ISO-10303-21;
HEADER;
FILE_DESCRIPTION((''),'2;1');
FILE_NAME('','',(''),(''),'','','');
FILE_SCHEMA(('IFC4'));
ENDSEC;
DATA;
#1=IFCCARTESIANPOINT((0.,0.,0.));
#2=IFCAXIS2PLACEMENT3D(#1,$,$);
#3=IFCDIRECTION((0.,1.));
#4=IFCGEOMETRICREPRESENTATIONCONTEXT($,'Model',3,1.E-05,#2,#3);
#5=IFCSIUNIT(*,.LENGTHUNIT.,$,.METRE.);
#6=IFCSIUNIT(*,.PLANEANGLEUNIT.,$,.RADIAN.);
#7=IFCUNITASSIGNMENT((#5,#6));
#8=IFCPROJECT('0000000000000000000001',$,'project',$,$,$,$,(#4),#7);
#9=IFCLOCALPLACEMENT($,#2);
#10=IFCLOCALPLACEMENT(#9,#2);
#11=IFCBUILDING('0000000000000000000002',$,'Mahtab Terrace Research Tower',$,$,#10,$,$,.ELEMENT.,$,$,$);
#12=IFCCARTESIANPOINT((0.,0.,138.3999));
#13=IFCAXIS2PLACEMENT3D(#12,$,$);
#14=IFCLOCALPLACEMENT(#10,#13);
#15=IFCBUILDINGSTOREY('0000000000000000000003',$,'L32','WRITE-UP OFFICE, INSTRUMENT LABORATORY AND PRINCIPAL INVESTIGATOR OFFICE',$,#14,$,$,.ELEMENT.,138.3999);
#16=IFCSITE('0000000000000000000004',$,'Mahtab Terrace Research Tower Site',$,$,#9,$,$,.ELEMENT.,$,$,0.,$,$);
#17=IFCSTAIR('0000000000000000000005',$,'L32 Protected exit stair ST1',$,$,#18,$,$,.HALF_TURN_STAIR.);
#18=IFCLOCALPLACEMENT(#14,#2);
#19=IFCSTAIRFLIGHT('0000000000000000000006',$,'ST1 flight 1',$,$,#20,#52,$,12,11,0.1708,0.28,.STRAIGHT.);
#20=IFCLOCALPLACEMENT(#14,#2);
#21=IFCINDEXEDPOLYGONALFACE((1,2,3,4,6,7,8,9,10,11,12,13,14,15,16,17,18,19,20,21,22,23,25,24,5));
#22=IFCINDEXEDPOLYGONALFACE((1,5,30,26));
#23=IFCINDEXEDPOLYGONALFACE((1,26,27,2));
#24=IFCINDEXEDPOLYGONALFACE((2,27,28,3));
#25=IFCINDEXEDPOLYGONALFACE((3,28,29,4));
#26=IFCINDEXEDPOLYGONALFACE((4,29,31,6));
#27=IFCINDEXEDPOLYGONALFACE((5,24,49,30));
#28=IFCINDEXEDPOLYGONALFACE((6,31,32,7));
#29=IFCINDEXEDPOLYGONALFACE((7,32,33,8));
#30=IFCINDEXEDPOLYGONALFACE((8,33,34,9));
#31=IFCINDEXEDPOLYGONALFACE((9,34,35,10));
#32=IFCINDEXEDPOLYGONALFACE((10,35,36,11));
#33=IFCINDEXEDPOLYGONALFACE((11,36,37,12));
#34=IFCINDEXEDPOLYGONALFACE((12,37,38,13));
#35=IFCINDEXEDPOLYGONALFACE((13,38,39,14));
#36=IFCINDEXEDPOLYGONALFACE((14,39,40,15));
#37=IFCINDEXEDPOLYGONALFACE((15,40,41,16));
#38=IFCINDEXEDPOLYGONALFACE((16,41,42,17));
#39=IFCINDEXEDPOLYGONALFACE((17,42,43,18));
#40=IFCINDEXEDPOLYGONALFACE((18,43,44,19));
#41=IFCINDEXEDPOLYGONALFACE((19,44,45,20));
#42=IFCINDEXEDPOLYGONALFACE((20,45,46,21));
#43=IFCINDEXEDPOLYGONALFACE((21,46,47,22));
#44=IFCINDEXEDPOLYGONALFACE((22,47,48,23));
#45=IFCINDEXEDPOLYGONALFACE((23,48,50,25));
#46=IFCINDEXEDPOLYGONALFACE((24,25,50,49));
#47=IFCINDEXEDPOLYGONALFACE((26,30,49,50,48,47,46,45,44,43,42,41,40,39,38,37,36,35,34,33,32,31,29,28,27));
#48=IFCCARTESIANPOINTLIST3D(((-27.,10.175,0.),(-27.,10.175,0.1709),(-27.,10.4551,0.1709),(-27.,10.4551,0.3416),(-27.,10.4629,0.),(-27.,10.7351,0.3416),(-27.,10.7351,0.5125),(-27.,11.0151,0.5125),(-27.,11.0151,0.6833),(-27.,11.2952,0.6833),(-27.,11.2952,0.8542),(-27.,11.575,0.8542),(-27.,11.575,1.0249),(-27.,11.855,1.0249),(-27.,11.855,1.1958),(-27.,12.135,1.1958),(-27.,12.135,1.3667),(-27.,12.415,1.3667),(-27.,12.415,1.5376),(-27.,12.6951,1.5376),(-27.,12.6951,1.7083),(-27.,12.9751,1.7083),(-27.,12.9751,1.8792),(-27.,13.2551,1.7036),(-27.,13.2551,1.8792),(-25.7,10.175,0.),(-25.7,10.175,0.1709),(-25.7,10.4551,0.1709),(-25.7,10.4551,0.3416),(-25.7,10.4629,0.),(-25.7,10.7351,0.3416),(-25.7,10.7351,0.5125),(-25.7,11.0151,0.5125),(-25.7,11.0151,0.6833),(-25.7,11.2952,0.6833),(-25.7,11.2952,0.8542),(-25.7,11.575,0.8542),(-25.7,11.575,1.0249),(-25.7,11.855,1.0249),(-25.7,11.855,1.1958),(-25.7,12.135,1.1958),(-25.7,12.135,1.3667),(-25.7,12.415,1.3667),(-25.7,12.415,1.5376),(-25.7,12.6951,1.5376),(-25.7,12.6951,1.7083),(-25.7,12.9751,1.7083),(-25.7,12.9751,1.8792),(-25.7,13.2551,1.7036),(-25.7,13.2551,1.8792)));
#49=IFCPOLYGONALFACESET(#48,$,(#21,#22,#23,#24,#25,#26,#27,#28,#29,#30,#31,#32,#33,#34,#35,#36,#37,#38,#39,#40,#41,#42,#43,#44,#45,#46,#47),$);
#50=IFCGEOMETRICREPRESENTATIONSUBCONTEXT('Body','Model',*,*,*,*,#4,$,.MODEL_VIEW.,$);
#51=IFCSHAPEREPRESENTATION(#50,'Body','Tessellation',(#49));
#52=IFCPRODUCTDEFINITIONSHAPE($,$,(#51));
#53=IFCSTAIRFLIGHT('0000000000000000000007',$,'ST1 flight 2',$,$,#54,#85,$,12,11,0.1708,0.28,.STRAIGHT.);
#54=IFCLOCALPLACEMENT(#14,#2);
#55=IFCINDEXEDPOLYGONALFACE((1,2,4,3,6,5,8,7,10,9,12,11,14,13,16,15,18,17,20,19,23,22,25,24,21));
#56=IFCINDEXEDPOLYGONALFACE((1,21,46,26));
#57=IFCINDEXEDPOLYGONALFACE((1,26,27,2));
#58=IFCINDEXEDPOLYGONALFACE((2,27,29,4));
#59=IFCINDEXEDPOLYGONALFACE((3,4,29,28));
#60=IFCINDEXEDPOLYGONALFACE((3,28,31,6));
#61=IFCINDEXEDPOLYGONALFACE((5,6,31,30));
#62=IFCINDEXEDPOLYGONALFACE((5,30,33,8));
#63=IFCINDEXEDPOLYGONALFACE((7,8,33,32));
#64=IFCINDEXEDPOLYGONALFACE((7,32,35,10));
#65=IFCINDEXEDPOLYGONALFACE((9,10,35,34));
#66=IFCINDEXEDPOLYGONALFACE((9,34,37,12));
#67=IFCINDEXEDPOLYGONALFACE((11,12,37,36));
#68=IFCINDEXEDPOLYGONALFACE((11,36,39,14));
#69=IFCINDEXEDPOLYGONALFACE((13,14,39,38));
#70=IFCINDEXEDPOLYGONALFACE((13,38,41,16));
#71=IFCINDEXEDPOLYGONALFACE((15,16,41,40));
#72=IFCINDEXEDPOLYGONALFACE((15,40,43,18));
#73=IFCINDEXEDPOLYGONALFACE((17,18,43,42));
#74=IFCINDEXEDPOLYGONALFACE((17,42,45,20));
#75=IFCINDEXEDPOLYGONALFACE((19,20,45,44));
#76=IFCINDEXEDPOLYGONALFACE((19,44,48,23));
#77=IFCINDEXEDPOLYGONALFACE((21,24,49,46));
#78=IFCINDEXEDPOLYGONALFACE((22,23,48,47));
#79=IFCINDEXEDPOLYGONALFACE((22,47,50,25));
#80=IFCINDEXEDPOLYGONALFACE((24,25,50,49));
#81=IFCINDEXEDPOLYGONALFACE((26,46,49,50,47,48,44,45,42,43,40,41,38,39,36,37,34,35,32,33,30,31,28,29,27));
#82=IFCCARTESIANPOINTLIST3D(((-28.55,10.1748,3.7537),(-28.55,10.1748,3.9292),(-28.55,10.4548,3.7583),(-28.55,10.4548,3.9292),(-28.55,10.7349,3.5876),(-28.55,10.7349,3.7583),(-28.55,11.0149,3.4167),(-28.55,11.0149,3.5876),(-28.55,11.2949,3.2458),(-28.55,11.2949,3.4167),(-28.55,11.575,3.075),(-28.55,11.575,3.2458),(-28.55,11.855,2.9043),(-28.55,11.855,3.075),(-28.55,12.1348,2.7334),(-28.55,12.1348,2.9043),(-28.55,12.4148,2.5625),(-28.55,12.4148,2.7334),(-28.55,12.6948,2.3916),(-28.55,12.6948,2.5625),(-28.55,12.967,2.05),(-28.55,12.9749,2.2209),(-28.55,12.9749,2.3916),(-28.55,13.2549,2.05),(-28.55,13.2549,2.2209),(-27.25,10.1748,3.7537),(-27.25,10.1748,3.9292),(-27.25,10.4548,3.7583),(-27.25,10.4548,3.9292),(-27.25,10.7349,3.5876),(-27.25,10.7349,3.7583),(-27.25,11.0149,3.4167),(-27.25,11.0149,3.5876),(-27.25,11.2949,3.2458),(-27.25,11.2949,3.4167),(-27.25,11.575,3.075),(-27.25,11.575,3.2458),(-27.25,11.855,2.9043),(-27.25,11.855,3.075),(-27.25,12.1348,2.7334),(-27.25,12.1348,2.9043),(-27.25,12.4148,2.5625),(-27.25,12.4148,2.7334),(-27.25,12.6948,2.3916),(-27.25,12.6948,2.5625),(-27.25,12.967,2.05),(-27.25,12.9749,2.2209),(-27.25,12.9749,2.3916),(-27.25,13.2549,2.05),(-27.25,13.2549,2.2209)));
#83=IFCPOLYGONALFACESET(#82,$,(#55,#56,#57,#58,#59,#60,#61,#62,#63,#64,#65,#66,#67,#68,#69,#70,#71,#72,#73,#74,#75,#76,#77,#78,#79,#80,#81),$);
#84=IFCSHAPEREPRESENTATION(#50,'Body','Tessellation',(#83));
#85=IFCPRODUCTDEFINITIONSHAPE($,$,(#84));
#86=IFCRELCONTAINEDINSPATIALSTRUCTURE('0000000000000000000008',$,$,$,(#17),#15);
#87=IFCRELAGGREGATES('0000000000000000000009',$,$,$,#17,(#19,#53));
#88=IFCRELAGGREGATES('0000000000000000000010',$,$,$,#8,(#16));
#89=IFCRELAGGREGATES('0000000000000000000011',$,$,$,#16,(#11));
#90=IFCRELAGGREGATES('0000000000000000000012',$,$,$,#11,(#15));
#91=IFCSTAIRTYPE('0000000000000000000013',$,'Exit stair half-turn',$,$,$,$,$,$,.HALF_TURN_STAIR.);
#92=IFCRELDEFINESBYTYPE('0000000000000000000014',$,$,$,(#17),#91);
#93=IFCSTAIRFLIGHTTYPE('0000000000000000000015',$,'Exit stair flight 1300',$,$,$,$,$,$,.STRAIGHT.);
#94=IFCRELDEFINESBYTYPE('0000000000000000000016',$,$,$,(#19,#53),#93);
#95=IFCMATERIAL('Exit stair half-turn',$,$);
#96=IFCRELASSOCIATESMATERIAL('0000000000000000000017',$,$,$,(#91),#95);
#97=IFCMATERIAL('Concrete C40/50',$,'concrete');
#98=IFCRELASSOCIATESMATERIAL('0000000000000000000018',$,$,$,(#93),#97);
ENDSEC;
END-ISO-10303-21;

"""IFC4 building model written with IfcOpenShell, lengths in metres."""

from ifc_helpers import new_model, si_unit, direction, frame, origin, place, context, subcontext, project, spatial, polyline, outline, extrude, material, type_object, element, aggregate, save


model = new_model("IFC4")

# Units and contexts
model_context = context("Model", 3, precision=1e-05, world=origin(), true_north=direction((0.0, 1.0)))
body_context = subcontext(model_context, "Body", "Model", "MODEL_VIEW")
ifc_project = project(units=[si_unit("LENGTHUNIT", "METRE"), si_unit("PLANEANGLEUNIT", "RADIAN")], contexts=[model_context])

# Site, building, storey
site_placement = place(None, origin())
site = spatial("IfcSite", under=ifc_project, at=site_placement, Name="Mahtab Terrace Research Tower Site", CompositionType="ELEMENT", RefElevation=0.0)
building_placement = place(site_placement, origin())
building = spatial("IfcBuilding", under=site, at=building_placement, Name="Mahtab Terrace Research Tower", CompositionType="ELEMENT")
storey_placement = place(building_placement, frame((0.0, 0.0, 138.3999)))
storey = spatial("IfcBuildingStorey", under=building, at=storey_placement, Name="L32", Description="WRITE-UP OFFICE, INSTRUMENT LABORATORY AND PRINCIPAL INVESTIGATOR OFFICE", CompositionType="ELEMENT", Elevation=138.3999)

# Stair, stair flights
ifc_material_1 = material(Name="Exit stair half-turn")
stair_type = type_object("IfcStairType", Name="Exit stair half-turn", PredefinedType="HALF_TURN_STAIR", material=ifc_material_1)
stair_placement = place(storey_placement, origin())
stair = element("IfcStair", 1, at=stair_placement, inside=storey, type_object=stair_type, Name="L32 Protected exit stair ST1", PredefinedType="HALF_TURN_STAIR")
ifc_material_2 = material(Name="Concrete C40/50", Category="concrete")
stair_flight_type = type_object("IfcStairFlightType", Name="Exit stair flight 1300", PredefinedType="STRAIGHT", material=ifc_material_2)
stair_flight_1_placement = place(storey_placement, frame((-26.3501, 10.175, 0.0), z_axis=(0.0, 0.0, 1.0), x_axis=(0.0, 1.0, 0.0)))
stair_flight_1 = element("IfcStairFlight", 2, at=stair_flight_1_placement, type_object=stair_flight_type, Name="ST1 flight 1", NumberOfRisers=12, NumberOfTreads=11, PredefinedType="STRAIGHT", RiserHeight=0.1708, TreadLength=0.28, context=body_context, shape_type="SweptSolid", body=[
    extrude(outline(polyline([(0.0, 0.0), (0.0, 0.1709), (0.28, 0.1709), (0.28, 0.3416), (0.5601, 0.3416), (0.5601, 0.5125), (0.8401, 0.5125), (0.8401, 0.6833), (1.1201, 0.6833), (1.1201, 0.8542), (1.3999, 0.8542), (1.3999, 1.0249), (1.6799, 1.0249), (1.6799, 1.1958), (1.96, 1.1958), (1.96, 1.3667), (2.24, 1.3667), (2.24, 1.5376), (2.52, 1.5376), (2.52, 1.7083), (2.8, 1.7083), (2.8, 1.8792), (3.0801, 1.8792), (3.0801, 2.05), (3.0801, 1.7036), (0.2878, 0.0), (0.0, 0.0)])), frame((0.0, 0.6499, 0.0), z_axis=(0.0, -1.0, 0.0), x_axis=(1.0, 0.0, 0.0)), (0.0, 0.0, 1.0), 1.3),
])
stair_flight_2_placement = place(storey_placement, frame((-27.8999, 13.2549, 2.05), z_axis=(0.0, 0.0, 1.0), x_axis=(0.0, -1.0, 0.0)))
stair_flight_2 = element("IfcStairFlight", 3, at=stair_flight_2_placement, type_object=stair_flight_type, Name="ST1 flight 2", NumberOfRisers=12, NumberOfTreads=11, PredefinedType="STRAIGHT", RiserHeight=0.1708, TreadLength=0.28, context=body_context, shape_type="SweptSolid", body=[
    extrude(outline(polyline([(0.0, 0.0), (0.0, 0.1709), (0.28, 0.1709), (0.28, 0.3416), (0.5601, 0.3416), (0.5601, 0.5125), (0.8401, 0.5125), (0.8401, 0.6833), (1.1201, 0.6833), (1.1201, 0.8542), (1.3999, 0.8542), (1.3999, 1.0249), (1.6799, 1.0249), (1.6799, 1.1958), (1.96, 1.1958), (1.96, 1.3667), (2.24, 1.3667), (2.24, 1.5376), (2.52, 1.5376), (2.52, 1.7083), (2.8, 1.7083), (2.8, 1.8792), (3.0801, 1.8792), (3.0801, 2.05), (3.0801, 1.7036), (0.2878, 0.0), (0.0, 0.0)])), frame((0.0, 0.6499, 0.0), z_axis=(0.0, -1.0, 0.0), x_axis=(1.0, 0.0, 0.0)), (0.0, 0.0, 1.0), 1.3),
])
aggregate(stair, [stair_flight_1, stair_flight_2])

save(model, "model.ifc")
